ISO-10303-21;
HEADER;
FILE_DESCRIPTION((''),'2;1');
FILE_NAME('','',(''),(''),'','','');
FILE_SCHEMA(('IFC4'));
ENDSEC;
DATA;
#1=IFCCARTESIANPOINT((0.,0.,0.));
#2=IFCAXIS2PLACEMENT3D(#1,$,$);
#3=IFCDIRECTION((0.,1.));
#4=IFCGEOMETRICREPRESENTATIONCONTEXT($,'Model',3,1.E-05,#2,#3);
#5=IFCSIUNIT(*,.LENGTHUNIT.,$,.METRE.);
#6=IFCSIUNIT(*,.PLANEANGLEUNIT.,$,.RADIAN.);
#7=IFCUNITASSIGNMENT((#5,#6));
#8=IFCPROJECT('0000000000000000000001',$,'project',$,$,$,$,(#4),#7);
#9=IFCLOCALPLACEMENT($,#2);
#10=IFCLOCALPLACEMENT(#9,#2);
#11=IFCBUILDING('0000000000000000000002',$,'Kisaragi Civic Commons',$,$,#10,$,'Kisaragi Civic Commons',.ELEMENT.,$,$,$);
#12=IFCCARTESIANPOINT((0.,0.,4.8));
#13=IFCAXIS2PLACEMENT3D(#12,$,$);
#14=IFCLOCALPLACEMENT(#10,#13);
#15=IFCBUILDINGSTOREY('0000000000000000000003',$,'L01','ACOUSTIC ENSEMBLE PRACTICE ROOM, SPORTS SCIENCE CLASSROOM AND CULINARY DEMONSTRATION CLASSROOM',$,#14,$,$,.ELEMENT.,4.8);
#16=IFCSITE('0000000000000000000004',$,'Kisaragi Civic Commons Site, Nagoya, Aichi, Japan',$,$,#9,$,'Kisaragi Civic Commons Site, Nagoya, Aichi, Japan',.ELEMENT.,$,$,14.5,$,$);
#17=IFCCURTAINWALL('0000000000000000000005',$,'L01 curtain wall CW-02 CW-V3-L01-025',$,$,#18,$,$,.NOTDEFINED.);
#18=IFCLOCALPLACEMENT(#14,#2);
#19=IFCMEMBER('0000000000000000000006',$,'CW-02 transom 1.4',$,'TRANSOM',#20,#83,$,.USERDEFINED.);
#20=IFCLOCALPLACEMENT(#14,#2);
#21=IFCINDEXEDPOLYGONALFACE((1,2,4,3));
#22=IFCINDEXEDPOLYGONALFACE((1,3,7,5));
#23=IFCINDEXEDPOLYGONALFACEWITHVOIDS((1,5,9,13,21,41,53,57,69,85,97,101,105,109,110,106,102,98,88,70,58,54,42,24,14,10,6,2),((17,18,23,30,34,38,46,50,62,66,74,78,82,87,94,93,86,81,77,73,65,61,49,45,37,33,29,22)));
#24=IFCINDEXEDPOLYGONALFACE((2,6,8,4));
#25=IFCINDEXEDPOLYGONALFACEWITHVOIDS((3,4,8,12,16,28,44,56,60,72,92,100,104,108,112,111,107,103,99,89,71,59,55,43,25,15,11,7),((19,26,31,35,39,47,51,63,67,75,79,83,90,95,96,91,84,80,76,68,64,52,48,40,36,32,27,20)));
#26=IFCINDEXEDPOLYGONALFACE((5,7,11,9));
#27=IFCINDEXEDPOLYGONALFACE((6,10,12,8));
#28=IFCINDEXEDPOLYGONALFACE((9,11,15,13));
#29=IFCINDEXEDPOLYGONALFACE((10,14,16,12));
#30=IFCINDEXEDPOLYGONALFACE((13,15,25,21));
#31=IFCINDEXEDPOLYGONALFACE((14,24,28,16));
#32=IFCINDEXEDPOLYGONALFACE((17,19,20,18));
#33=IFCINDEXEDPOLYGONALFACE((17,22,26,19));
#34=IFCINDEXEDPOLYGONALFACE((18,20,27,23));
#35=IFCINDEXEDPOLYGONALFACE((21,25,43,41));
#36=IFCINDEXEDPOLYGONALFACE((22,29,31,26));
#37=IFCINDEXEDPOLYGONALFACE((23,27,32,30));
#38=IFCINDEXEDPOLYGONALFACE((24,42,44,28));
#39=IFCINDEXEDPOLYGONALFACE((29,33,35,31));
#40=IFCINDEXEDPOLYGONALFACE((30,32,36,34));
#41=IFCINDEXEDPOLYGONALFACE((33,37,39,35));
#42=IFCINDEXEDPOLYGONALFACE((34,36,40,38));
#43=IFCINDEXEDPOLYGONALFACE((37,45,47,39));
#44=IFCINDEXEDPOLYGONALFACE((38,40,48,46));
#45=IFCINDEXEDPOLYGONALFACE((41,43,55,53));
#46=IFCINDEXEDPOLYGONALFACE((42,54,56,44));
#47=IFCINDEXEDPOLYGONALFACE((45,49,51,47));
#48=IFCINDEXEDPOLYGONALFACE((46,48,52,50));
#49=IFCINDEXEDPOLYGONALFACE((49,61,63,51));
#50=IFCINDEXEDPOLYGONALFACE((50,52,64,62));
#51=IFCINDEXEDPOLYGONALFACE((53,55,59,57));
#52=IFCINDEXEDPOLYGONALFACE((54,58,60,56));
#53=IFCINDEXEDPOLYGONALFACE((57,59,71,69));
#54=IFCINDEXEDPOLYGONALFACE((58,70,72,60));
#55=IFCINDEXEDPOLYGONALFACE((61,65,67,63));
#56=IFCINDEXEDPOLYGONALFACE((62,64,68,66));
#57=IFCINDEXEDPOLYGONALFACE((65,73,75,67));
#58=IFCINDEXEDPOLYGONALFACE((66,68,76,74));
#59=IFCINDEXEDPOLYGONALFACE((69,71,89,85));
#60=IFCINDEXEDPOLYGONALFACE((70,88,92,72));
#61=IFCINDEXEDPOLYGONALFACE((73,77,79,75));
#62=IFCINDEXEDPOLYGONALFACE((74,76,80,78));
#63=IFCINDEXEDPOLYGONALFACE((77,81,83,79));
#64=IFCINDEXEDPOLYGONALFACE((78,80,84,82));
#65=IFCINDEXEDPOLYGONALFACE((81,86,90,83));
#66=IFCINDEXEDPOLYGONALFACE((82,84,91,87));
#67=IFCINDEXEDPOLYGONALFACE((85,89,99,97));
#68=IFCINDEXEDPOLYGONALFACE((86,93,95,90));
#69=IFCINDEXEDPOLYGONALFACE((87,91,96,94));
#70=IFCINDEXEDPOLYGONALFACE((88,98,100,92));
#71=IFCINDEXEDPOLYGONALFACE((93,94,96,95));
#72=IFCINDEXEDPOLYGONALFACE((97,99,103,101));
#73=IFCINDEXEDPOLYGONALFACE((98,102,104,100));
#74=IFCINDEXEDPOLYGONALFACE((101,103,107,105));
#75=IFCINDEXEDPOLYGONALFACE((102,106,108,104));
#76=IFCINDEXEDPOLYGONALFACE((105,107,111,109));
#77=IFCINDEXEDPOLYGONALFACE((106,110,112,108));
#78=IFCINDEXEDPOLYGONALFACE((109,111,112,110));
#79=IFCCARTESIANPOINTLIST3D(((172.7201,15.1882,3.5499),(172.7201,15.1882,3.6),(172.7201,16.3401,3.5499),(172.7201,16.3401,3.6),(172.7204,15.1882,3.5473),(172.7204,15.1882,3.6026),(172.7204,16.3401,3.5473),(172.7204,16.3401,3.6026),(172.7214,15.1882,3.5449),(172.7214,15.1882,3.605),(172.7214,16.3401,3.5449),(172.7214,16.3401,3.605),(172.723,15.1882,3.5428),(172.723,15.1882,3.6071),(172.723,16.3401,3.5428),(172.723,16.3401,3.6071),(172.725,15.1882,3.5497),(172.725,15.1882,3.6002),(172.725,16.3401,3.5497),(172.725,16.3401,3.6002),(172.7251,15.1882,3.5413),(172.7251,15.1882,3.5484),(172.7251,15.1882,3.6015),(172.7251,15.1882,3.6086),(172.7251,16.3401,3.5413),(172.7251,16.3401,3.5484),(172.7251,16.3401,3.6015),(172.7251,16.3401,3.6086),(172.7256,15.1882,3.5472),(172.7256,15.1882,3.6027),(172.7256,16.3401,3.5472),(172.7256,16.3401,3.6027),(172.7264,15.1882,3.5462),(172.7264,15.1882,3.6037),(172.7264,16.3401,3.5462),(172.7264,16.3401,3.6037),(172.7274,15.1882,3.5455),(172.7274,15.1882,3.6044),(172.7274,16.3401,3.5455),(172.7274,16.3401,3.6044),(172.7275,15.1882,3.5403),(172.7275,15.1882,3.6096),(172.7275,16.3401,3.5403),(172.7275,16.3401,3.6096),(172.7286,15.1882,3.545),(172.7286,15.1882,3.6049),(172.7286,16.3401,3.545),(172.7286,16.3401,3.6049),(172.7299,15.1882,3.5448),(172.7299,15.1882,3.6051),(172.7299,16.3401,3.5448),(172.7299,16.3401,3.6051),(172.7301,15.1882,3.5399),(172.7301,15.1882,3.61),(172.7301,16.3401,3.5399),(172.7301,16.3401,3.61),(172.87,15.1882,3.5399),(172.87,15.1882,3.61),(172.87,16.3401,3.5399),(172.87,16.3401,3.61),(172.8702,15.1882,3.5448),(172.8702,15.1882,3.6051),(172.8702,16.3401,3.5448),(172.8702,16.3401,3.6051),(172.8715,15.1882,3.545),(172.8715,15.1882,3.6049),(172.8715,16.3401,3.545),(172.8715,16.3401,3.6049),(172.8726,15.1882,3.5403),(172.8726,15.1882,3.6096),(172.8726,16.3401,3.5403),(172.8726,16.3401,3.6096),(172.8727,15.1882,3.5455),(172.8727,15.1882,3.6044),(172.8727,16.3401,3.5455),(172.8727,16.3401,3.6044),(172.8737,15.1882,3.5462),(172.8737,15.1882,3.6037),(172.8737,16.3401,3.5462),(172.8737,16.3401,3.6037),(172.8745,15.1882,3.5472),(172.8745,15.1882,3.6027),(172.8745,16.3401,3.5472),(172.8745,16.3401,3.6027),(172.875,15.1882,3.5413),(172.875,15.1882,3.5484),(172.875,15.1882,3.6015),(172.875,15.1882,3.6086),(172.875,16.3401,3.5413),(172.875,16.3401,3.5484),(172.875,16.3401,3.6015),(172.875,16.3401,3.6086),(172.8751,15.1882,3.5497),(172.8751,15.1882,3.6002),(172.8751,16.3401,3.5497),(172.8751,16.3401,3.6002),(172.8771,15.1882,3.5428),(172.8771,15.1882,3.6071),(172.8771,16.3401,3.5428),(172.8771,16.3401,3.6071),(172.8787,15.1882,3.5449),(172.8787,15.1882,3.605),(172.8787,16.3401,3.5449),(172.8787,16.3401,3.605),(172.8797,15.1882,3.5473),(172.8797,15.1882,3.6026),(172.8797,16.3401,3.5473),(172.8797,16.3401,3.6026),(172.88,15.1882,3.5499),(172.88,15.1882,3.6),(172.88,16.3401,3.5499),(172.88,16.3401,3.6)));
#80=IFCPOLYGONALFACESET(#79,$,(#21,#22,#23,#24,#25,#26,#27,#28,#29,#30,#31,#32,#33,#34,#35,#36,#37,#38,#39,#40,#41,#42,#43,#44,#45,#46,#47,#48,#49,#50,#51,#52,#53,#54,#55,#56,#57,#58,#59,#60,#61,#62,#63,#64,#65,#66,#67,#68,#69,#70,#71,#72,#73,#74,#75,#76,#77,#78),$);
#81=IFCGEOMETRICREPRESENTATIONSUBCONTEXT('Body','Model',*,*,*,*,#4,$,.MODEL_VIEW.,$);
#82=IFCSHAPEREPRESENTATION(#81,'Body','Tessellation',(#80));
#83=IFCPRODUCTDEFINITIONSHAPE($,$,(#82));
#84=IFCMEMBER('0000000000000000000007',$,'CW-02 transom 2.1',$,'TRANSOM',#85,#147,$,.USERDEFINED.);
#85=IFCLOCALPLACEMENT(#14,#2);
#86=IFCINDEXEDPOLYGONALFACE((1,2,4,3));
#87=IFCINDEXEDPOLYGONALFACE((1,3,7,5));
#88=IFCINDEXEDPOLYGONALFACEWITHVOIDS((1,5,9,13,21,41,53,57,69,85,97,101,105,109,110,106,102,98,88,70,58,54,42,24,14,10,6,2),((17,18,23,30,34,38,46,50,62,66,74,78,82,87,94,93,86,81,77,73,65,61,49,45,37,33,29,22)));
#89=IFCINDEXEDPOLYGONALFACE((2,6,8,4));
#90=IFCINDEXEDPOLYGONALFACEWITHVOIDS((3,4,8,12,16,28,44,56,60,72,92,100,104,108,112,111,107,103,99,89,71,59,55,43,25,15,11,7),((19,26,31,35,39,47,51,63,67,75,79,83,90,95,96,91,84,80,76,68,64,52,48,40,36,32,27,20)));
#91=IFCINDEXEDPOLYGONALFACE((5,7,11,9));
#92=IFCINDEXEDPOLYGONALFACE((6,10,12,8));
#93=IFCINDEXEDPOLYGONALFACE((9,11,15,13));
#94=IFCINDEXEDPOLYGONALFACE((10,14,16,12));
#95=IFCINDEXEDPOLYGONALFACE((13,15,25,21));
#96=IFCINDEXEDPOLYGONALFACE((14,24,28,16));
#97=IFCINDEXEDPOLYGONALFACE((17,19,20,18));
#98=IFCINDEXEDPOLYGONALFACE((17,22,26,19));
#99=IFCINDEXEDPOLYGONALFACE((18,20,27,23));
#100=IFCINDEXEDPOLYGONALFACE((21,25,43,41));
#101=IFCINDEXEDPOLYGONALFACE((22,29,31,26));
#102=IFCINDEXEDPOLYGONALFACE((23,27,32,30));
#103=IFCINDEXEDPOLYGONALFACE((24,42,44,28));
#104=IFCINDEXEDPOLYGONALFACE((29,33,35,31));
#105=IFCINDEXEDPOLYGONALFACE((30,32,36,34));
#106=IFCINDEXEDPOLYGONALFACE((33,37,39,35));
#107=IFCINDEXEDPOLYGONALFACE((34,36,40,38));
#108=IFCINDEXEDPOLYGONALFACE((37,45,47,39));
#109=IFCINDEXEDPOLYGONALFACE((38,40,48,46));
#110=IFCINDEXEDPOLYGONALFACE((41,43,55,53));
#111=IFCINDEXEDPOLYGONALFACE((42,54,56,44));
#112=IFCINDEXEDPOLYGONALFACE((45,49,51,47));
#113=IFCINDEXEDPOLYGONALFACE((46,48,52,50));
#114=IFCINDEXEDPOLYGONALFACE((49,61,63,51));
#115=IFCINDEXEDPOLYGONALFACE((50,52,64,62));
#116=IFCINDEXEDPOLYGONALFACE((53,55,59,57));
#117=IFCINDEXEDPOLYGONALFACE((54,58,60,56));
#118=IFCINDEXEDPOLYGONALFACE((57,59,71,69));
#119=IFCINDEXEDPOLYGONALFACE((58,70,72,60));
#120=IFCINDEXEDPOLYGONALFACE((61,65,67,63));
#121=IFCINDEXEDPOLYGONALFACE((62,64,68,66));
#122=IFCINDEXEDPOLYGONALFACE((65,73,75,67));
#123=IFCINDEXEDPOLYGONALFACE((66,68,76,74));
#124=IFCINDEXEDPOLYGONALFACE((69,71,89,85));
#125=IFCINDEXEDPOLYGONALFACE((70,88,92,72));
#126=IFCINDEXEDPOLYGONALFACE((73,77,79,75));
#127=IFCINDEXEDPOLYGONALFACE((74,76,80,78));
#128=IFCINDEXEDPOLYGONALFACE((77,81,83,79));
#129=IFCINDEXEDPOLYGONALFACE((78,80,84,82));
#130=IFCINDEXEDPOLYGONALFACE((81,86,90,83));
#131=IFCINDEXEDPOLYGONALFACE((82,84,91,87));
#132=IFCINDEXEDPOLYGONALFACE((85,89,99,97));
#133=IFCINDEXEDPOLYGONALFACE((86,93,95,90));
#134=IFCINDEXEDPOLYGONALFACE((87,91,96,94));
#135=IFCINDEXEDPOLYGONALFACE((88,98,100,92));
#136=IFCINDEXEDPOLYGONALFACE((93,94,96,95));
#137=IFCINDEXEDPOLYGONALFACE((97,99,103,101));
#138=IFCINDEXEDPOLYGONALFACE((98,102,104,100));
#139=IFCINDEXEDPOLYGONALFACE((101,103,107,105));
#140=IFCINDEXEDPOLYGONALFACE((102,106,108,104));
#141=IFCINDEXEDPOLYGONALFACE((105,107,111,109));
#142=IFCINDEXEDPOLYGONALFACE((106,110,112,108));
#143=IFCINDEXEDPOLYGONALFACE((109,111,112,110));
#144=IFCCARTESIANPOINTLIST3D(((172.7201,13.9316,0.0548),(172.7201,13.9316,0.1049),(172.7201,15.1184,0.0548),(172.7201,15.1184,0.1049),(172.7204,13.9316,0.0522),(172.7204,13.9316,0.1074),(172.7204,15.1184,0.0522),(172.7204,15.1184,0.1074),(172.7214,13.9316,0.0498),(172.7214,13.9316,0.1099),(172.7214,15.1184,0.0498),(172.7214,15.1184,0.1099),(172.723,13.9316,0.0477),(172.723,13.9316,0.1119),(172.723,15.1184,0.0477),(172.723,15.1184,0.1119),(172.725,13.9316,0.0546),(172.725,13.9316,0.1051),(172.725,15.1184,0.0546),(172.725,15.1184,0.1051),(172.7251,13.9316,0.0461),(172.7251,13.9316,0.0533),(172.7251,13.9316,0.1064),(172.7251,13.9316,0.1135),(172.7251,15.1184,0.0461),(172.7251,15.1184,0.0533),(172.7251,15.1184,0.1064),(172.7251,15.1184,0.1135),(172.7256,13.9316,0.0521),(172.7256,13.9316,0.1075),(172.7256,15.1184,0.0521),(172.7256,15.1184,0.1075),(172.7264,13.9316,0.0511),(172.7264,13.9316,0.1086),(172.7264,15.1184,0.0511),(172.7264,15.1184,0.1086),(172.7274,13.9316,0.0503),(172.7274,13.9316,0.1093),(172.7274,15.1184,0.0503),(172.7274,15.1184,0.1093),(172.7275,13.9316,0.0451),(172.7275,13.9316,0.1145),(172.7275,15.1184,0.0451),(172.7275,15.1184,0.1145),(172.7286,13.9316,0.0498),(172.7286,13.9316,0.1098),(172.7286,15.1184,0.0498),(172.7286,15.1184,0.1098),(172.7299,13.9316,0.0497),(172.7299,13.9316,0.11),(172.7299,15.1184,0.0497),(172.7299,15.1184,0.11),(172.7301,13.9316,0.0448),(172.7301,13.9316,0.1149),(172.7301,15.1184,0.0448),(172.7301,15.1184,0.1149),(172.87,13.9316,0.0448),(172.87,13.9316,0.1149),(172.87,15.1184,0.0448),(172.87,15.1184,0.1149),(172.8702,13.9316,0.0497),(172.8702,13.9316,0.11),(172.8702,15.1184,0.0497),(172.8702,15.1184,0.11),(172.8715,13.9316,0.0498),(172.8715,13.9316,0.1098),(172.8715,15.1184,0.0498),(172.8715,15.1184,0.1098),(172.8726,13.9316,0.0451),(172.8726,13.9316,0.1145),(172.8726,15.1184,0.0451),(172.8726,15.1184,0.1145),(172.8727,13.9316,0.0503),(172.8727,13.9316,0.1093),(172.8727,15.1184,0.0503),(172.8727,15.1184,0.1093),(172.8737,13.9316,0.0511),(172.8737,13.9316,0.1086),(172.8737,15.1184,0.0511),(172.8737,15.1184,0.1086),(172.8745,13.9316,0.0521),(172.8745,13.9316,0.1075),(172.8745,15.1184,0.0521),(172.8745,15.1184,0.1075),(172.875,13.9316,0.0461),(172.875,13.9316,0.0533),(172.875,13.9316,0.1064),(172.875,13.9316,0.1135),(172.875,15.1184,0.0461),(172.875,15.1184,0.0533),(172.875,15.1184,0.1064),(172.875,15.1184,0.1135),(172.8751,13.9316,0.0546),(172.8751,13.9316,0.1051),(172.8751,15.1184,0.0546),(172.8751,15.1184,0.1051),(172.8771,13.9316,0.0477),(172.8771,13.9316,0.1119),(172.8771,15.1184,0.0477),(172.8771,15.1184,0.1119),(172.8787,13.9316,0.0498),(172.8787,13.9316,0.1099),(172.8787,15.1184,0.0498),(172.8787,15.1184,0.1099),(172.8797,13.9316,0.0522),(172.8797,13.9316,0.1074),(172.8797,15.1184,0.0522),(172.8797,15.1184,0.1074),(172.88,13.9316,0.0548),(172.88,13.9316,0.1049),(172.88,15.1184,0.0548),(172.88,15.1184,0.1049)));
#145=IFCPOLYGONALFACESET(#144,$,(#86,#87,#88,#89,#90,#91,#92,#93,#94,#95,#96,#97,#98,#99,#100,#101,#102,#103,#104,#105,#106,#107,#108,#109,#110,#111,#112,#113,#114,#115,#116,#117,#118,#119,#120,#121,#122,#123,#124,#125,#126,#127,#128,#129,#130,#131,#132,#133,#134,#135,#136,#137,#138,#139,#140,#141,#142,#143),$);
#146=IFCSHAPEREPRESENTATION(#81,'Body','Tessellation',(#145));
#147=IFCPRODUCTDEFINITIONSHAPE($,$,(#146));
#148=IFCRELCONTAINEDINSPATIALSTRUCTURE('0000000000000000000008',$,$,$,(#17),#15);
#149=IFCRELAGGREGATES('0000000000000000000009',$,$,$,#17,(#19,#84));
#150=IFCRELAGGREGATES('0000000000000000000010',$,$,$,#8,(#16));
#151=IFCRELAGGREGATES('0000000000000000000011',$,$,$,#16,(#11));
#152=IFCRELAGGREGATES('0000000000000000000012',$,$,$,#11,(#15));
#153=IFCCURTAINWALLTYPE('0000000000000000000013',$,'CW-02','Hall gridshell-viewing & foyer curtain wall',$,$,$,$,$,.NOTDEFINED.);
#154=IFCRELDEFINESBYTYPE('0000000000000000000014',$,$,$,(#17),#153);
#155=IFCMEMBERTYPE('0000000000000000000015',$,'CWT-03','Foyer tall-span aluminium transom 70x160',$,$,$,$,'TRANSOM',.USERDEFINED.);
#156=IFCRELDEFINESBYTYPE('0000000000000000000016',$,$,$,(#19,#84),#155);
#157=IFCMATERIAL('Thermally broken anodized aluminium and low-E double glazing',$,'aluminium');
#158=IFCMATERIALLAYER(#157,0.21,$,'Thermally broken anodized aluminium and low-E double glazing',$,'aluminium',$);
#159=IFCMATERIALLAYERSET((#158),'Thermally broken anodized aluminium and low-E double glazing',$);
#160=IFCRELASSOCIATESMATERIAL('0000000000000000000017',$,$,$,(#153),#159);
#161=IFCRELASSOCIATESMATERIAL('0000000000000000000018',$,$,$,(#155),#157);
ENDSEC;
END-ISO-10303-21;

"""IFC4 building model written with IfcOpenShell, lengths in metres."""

from ifc_helpers import new_model, si_unit, direction, frame, origin, origin_2d, place, context, subcontext, project, spatial, hollow_rectangle, extrude, material, layer, layer_set, material_profile, profile_set, type_object, element, aggregate, save


model = new_model("IFC4")

# Units and contexts
model_context = context("Model", 3, precision=1e-05, world=origin(), true_north=direction((0.0, 1.0)))
body_context = subcontext(model_context, "Body", "Model", "MODEL_VIEW")
ifc_project = project(units=[si_unit("LENGTHUNIT", "METRE"), si_unit("PLANEANGLEUNIT", "RADIAN")], contexts=[model_context])

# Site, building, storey
site_placement = place(None, origin())
site = spatial("IfcSite", under=ifc_project, at=site_placement, Name="Kisaragi Civic Commons Site, Nagoya, Aichi, Japan", LongName="Kisaragi Civic Commons Site, Nagoya, Aichi, Japan", CompositionType="ELEMENT", RefElevation=14.5)
building_placement = place(site_placement, origin())
building = spatial("IfcBuilding", under=site, at=building_placement, Name="Kisaragi Civic Commons", LongName="Kisaragi Civic Commons", CompositionType="ELEMENT")
storey_placement = place(building_placement, frame((0.0, 0.0, 4.8)))
storey = spatial("IfcBuildingStorey", under=building, at=storey_placement, Name="L01", Description="ACOUSTIC ENSEMBLE PRACTICE ROOM, SPORTS SCIENCE CLASSROOM AND CULINARY DEMONSTRATION CLASSROOM", CompositionType="ELEMENT", Elevation=4.8)

# Shared definitions
ifc_material_1 = material(Name="Thermally broken anodized aluminium and low-E double glazing", Category="aluminium")
ifc_layer_1 = layer(ifc_material_1, 0.21, Name="Thermally broken anodized aluminium and low-E double glazing", Category="aluminium")
ifc_layer_set_1 = layer_set([ifc_layer_1], Name="Thermally broken anodized aluminium and low-E double glazing")
curtain_wall_type = type_object("IfcCurtainWallType", Name="CW-02", Description="Hall gridshell-viewing & foyer curtain wall", PredefinedType="NOTDEFINED", material=ifc_layer_set_1)

# Curtain wall
curtain_wall_1_placement = place(storey_placement, origin())
curtain_wall_1 = element("IfcCurtainWall", 1, at=curtain_wall_1_placement, inside=storey, type_object=curtain_wall_type, Name="L01 curtain wall CW-02 CW-V3-L01-025", PredefinedType="NOTDEFINED")

# Members
ifc_material_profile_1 = material_profile(ifc_material_1, hollow_rectangle(XDim=0.1599, YDim=0.0701, WallThickness=0.0049, InnerFilletRadius=0.0049, OuterFilletRadius=0.01, at=origin_2d()), Name="CWT-70x160x5", Category="aluminium")
ifc_profile_set_1 = profile_set([ifc_material_profile_1], Name="Thermally broken anodized aluminium and low-E double glazing")
member_type_1 = type_object("IfcMemberType", Name="CWT-03", Description="Foyer tall-span aluminium transom 70x160", ElementType="TRANSOM", PredefinedType="USERDEFINED", material=ifc_profile_set_1)
member_1_placement = place(storey_placement, frame((172.8, 16.3401, 3.575), z_axis=(0.0, -1.0, 0.0), x_axis=(1.0, 0.0, 0.0)))
member_1 = element("IfcMember", 2, at=member_1_placement, type_object=member_type_1, Name="CW-02 transom 1.4", ObjectType="TRANSOM", PredefinedType="USERDEFINED", context=body_context, shape_type="SweptSolid", body=[
    extrude(hollow_rectangle(XDim=0.1599, YDim=0.0701, WallThickness=0.0049, InnerFilletRadius=0.0049, OuterFilletRadius=0.01, at=origin_2d()), origin(), (0.0, 0.0, 1.0), 1.1519),
])
member_2_placement = place(storey_placement, frame((172.8, 15.1184, 0.0798), z_axis=(0.0, -1.0, 0.0), x_axis=(1.0, 0.0, 0.0)))
member_2 = element("IfcMember", 3, at=member_2_placement, type_object=member_type_1, Name="CW-02 transom 2.1", ObjectType="TRANSOM", PredefinedType="USERDEFINED", context=body_context, shape_type="SweptSolid", body=[
    extrude(hollow_rectangle(XDim=0.1599, YDim=0.0701, WallThickness=0.0049, InnerFilletRadius=0.0049, OuterFilletRadius=0.01, at=origin_2d()), origin(), (0.0, 0.0, 1.0), 1.1868),
])

aggregate(curtain_wall_1, [member_1, member_2])

save(model, "model.ifc")
